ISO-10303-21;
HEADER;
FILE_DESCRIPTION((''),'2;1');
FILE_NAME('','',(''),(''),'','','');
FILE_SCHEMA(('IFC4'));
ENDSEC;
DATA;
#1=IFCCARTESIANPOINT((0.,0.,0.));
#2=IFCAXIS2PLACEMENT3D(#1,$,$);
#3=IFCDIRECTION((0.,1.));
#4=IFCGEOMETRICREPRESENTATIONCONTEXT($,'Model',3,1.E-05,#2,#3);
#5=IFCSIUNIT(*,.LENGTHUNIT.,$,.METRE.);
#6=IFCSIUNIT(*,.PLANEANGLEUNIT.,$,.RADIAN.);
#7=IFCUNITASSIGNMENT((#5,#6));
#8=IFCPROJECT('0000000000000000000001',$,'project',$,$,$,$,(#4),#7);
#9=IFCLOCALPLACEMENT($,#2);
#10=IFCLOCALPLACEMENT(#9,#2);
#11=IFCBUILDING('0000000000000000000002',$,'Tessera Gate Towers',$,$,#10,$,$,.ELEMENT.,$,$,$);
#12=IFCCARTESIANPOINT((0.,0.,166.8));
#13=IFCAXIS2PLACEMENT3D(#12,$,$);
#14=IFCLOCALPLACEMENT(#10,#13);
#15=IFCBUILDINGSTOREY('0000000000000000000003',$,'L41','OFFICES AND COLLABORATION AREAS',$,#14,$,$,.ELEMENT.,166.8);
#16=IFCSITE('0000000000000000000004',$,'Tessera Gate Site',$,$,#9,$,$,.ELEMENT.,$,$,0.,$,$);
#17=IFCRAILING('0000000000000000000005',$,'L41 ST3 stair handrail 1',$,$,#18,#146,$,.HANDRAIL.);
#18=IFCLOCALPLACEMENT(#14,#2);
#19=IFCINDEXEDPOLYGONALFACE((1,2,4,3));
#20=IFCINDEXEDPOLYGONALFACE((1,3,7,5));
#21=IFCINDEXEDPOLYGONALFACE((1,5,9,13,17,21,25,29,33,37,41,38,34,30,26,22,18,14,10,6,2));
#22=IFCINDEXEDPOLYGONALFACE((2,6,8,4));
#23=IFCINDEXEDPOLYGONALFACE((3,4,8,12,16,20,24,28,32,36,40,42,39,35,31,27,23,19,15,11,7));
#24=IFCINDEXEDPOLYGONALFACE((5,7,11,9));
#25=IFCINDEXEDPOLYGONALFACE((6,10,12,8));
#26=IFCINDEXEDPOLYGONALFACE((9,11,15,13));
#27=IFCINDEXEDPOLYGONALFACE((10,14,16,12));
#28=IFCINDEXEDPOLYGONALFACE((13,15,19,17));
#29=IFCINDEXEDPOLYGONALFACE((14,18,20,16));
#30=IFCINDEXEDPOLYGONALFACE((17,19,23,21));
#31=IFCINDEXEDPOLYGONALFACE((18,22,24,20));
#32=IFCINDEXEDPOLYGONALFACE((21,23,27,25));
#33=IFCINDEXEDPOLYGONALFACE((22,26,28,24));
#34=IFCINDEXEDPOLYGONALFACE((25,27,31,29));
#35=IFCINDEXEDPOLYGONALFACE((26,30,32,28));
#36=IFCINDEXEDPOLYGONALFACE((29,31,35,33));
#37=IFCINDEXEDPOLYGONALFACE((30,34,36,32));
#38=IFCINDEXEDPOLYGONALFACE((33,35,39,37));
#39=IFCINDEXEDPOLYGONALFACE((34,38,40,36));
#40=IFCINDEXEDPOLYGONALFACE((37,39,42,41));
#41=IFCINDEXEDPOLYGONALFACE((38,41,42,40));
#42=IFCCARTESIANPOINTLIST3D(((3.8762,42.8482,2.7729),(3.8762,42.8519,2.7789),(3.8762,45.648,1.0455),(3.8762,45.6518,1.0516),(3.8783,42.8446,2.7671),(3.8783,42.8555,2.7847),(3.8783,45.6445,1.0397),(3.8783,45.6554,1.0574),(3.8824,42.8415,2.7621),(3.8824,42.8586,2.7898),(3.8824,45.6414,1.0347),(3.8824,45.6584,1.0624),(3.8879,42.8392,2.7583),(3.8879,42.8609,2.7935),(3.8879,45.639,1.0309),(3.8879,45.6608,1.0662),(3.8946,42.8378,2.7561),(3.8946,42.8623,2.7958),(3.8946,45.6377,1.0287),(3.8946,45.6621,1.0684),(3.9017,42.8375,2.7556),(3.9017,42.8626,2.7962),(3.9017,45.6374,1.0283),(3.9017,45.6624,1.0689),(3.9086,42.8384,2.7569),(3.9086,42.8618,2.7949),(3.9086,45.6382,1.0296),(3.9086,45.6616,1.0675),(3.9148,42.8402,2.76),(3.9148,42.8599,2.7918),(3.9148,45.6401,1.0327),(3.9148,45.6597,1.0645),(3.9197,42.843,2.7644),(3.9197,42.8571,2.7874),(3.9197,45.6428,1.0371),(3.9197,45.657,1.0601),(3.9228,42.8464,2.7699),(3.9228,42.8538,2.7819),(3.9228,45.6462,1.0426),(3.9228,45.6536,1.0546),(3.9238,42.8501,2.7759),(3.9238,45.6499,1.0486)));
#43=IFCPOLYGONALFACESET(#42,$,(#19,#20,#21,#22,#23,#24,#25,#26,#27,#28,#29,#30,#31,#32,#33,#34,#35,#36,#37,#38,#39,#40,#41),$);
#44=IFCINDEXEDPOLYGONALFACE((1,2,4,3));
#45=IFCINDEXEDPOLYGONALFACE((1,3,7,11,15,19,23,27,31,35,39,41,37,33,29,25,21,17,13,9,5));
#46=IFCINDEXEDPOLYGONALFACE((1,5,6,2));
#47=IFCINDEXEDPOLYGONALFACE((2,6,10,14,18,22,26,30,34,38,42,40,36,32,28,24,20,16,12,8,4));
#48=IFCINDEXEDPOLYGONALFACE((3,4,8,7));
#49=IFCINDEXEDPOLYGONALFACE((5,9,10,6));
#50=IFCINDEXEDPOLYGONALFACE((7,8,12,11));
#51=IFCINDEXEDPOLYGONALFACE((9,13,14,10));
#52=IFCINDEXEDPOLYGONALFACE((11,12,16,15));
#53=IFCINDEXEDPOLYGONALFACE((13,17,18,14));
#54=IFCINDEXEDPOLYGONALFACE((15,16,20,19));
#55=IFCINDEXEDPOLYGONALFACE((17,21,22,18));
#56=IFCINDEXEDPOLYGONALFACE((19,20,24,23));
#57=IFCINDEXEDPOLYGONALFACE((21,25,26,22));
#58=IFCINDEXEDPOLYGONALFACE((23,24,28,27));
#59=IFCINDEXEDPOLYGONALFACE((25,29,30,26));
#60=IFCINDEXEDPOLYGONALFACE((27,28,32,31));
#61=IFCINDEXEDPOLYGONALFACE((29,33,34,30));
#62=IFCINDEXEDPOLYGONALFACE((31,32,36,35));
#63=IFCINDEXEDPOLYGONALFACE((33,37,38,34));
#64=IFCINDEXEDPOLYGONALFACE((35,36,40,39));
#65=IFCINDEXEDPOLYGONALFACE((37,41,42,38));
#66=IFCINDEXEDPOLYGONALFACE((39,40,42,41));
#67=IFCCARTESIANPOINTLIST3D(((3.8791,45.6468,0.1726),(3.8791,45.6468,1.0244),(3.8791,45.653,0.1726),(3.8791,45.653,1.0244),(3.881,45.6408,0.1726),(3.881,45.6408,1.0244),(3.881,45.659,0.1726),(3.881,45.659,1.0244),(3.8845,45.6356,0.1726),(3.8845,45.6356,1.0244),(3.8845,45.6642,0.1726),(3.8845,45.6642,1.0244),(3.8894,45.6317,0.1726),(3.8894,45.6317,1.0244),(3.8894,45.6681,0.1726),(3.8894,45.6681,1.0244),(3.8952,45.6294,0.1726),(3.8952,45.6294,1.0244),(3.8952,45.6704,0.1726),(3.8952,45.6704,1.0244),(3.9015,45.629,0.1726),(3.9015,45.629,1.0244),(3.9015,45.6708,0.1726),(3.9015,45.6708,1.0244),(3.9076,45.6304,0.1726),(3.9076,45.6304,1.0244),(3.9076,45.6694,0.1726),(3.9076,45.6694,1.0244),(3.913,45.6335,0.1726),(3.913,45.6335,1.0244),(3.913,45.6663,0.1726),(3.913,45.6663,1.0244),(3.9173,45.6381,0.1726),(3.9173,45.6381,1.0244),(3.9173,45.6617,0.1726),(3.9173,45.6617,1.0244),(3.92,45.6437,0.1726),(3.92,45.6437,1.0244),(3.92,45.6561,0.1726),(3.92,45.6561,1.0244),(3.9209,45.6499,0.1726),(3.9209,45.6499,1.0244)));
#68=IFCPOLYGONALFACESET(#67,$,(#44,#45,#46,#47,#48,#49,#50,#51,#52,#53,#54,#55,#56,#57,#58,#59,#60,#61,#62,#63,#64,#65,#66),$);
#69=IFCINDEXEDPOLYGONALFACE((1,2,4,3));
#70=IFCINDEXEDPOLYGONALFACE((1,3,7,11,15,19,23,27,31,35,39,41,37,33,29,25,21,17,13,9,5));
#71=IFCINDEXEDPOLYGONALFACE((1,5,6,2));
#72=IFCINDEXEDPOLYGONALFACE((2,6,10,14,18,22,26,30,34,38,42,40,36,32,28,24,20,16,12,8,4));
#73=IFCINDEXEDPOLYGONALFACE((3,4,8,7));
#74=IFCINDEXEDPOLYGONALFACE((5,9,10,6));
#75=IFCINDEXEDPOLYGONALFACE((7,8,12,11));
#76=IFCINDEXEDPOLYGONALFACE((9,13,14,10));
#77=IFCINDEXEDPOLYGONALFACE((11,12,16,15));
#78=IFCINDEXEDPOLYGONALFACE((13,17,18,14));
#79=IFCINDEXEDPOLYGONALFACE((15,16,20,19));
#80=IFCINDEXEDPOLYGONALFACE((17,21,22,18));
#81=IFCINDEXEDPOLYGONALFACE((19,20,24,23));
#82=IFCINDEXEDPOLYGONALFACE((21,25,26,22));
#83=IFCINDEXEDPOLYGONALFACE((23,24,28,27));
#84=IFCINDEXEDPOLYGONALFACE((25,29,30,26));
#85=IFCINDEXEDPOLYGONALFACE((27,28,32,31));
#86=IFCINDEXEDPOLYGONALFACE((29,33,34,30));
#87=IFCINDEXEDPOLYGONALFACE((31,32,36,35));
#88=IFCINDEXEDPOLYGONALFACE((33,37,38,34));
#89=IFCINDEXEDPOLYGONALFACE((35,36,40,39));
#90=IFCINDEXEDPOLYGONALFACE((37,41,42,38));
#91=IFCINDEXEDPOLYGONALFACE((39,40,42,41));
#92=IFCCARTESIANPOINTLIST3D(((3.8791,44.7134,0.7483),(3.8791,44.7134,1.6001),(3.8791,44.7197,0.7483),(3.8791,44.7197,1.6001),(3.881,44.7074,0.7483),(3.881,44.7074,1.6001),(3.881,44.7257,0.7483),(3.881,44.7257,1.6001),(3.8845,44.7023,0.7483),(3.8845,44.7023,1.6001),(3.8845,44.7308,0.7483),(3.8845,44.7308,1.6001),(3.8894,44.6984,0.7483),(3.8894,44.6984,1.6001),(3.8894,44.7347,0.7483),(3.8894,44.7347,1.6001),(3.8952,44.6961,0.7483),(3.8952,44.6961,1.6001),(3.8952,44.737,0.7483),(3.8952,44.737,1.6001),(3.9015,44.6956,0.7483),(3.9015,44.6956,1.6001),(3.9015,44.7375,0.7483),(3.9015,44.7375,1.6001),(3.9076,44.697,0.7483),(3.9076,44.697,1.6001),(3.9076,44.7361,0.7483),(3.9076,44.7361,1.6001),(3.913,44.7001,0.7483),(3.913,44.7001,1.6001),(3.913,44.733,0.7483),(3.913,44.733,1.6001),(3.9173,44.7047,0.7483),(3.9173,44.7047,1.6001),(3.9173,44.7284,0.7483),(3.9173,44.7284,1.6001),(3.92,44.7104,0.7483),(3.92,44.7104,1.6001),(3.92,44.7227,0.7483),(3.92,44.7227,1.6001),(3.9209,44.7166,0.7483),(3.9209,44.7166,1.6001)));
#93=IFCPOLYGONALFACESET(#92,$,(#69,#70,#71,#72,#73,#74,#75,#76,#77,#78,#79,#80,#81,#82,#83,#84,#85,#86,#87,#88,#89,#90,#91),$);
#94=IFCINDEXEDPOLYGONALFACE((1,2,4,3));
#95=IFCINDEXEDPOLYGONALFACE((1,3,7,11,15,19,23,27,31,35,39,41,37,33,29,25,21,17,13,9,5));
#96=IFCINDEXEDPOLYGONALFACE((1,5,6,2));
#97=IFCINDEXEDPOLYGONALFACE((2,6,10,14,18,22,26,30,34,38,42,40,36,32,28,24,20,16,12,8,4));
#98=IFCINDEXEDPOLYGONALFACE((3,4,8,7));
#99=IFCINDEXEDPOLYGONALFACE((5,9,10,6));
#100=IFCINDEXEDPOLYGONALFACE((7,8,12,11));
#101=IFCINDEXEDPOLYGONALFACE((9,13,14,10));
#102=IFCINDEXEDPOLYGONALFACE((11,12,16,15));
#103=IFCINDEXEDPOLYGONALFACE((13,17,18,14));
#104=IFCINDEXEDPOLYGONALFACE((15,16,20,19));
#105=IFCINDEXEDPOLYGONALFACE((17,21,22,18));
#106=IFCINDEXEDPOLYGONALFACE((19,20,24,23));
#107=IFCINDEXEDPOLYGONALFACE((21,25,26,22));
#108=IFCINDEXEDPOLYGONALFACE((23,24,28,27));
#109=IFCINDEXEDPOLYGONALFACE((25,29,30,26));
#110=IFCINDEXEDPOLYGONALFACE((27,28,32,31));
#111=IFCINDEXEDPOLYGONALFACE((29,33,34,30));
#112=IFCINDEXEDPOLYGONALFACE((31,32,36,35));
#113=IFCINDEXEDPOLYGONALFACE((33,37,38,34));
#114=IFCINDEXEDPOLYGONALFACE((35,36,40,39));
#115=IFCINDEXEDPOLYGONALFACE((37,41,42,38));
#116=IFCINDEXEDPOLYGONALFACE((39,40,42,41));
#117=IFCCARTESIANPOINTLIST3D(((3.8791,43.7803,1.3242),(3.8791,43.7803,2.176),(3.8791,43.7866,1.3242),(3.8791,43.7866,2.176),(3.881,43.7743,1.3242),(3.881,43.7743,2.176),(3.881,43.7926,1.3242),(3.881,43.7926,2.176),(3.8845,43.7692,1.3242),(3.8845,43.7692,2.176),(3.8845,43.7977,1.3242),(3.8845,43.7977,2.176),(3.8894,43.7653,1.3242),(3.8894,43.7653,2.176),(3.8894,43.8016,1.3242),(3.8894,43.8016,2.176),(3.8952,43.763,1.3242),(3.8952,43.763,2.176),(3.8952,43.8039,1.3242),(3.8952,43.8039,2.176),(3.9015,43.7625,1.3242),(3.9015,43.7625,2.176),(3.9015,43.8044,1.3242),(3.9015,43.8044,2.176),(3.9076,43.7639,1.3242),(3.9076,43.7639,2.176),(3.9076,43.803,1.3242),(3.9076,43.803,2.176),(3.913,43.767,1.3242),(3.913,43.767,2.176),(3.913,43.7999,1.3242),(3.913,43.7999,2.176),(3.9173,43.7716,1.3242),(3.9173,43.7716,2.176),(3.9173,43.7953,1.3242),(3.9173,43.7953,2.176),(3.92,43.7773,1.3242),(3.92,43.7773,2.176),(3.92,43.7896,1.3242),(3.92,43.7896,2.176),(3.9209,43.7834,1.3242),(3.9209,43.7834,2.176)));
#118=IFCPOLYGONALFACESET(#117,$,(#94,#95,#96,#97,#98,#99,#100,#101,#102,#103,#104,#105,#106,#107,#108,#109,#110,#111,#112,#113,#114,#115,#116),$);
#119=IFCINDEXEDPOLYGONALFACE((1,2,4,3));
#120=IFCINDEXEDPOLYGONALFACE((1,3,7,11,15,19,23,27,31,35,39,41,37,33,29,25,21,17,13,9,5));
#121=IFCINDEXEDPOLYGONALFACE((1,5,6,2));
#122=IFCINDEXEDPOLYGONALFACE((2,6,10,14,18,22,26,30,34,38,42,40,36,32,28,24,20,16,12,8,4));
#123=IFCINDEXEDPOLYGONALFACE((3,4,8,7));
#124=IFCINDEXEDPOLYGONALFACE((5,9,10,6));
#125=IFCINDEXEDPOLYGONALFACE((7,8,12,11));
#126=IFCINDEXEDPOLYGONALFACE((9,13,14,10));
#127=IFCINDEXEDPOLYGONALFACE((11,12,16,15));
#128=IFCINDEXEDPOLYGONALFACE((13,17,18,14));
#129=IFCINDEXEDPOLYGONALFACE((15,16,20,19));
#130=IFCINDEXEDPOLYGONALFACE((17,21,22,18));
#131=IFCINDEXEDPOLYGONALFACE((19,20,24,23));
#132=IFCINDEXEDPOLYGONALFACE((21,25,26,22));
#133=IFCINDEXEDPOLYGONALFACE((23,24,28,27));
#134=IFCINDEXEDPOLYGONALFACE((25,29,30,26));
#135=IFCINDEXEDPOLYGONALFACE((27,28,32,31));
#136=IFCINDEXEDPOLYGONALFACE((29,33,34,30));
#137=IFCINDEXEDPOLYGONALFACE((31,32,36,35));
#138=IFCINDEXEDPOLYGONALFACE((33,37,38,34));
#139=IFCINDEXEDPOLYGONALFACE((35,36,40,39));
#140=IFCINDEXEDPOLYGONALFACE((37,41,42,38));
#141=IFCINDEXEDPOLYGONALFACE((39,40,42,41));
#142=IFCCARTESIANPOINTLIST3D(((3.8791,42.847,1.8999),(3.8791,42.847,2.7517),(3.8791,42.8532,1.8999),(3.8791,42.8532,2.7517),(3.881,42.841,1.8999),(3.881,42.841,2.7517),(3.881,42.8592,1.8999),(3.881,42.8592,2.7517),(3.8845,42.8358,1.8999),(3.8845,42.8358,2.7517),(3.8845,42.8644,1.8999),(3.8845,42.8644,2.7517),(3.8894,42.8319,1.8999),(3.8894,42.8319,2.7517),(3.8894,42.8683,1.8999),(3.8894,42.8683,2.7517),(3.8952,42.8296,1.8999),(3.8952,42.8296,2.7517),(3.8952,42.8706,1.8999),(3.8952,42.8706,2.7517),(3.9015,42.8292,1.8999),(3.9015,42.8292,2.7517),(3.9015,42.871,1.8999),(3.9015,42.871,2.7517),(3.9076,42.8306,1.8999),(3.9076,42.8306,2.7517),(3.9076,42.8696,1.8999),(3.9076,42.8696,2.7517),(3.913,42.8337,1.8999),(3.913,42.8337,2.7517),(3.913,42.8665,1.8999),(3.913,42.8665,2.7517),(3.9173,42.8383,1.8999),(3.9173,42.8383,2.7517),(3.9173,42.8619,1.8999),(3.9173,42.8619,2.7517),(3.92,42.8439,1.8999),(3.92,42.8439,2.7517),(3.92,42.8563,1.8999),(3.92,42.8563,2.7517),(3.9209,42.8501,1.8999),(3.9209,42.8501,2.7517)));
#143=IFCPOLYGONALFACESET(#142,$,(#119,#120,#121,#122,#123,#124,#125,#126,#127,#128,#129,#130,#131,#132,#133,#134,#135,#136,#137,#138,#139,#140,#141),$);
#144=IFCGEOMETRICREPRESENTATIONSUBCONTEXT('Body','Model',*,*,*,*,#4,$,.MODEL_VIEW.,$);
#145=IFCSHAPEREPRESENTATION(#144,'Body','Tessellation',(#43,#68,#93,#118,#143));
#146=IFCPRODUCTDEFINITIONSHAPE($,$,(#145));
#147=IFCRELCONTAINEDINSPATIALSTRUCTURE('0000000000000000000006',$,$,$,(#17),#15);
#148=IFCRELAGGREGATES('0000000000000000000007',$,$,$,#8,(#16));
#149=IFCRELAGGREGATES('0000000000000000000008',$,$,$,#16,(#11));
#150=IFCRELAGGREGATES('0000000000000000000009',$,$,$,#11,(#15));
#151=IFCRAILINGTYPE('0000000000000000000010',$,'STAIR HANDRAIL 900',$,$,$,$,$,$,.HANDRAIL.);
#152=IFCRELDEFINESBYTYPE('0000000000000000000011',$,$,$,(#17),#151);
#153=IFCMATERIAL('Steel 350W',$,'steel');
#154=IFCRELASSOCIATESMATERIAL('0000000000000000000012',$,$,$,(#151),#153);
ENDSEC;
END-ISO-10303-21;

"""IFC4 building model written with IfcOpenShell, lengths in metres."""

from ifc_helpers import new_model, si_unit, direction, frame, origin, origin_2d, place, context, subcontext, project, spatial, circle, extrude, material, type_object, element, save


model = new_model("IFC4")

# Units and contexts
model_context = context("Model", 3, precision=1e-05, world=origin(), true_north=direction((0.0, 1.0)))
body_context = subcontext(model_context, "Body", "Model", "MODEL_VIEW")
ifc_project = project(units=[si_unit("LENGTHUNIT", "METRE"), si_unit("PLANEANGLEUNIT", "RADIAN")], contexts=[model_context])

# Site, building, storey
site_placement = place(None, origin())
site = spatial("IfcSite", under=ifc_project, at=site_placement, Name="Tessera Gate Site", CompositionType="ELEMENT", RefElevation=0.0)
building_placement = place(site_placement, origin())
building = spatial("IfcBuilding", under=site, at=building_placement, Name="Tessera Gate Towers", CompositionType="ELEMENT")
storey_placement = place(building_placement, frame((0.0, 0.0, 166.8)))
storey = spatial("IfcBuildingStorey", under=building, at=storey_placement, Name="L41", Description="OFFICES AND COLLABORATION AREAS", CompositionType="ELEMENT", Elevation=166.8)

# Railing
ifc_material_1 = material(Name="Steel 350W", Category="steel")
railing_type_1 = type_object("IfcRailingType", Name="STAIR HANDRAIL 900", PredefinedType="HANDRAIL", material=ifc_material_1)
railing_1_placement = place(storey_placement, frame((3.8999, 45.6499, 0.1726)))
element("IfcRailing", 1, at=railing_1_placement, inside=storey, type_object=railing_type_1, Name="L41 ST3 stair handrail 1", PredefinedType="HANDRAIL", context=body_context, shape_type="SweptSolid", body=[
    extrude(circle(Radius=0.0239, at=origin_2d()), frame((0.0, 0.0, 0.876), z_axis=(0.0, -0.851069, 0.525054), x_axis=(1.0, 0.0, 0.0)), (0.0, 0.0, 1.0), 3.2898),
    extrude(circle(Radius=0.021, at=origin_2d()), origin(), (0.0, 0.0, 1.0), 0.8518),
    extrude(circle(Radius=0.021, at=origin_2d()), frame((0.0, -0.9333, 0.5757)), (0.0, 0.0, 1.0), 0.8518),
    extrude(circle(Radius=0.021, at=origin_2d()), frame((0.0, -1.8665, 1.1516)), (0.0, 0.0, 1.0), 0.8518),
    extrude(circle(Radius=0.021, at=origin_2d()), frame((0.0, -2.7998, 1.7273)), (0.0, 0.0, 1.0), 0.8518),
])

save(model, "model.ifc")
